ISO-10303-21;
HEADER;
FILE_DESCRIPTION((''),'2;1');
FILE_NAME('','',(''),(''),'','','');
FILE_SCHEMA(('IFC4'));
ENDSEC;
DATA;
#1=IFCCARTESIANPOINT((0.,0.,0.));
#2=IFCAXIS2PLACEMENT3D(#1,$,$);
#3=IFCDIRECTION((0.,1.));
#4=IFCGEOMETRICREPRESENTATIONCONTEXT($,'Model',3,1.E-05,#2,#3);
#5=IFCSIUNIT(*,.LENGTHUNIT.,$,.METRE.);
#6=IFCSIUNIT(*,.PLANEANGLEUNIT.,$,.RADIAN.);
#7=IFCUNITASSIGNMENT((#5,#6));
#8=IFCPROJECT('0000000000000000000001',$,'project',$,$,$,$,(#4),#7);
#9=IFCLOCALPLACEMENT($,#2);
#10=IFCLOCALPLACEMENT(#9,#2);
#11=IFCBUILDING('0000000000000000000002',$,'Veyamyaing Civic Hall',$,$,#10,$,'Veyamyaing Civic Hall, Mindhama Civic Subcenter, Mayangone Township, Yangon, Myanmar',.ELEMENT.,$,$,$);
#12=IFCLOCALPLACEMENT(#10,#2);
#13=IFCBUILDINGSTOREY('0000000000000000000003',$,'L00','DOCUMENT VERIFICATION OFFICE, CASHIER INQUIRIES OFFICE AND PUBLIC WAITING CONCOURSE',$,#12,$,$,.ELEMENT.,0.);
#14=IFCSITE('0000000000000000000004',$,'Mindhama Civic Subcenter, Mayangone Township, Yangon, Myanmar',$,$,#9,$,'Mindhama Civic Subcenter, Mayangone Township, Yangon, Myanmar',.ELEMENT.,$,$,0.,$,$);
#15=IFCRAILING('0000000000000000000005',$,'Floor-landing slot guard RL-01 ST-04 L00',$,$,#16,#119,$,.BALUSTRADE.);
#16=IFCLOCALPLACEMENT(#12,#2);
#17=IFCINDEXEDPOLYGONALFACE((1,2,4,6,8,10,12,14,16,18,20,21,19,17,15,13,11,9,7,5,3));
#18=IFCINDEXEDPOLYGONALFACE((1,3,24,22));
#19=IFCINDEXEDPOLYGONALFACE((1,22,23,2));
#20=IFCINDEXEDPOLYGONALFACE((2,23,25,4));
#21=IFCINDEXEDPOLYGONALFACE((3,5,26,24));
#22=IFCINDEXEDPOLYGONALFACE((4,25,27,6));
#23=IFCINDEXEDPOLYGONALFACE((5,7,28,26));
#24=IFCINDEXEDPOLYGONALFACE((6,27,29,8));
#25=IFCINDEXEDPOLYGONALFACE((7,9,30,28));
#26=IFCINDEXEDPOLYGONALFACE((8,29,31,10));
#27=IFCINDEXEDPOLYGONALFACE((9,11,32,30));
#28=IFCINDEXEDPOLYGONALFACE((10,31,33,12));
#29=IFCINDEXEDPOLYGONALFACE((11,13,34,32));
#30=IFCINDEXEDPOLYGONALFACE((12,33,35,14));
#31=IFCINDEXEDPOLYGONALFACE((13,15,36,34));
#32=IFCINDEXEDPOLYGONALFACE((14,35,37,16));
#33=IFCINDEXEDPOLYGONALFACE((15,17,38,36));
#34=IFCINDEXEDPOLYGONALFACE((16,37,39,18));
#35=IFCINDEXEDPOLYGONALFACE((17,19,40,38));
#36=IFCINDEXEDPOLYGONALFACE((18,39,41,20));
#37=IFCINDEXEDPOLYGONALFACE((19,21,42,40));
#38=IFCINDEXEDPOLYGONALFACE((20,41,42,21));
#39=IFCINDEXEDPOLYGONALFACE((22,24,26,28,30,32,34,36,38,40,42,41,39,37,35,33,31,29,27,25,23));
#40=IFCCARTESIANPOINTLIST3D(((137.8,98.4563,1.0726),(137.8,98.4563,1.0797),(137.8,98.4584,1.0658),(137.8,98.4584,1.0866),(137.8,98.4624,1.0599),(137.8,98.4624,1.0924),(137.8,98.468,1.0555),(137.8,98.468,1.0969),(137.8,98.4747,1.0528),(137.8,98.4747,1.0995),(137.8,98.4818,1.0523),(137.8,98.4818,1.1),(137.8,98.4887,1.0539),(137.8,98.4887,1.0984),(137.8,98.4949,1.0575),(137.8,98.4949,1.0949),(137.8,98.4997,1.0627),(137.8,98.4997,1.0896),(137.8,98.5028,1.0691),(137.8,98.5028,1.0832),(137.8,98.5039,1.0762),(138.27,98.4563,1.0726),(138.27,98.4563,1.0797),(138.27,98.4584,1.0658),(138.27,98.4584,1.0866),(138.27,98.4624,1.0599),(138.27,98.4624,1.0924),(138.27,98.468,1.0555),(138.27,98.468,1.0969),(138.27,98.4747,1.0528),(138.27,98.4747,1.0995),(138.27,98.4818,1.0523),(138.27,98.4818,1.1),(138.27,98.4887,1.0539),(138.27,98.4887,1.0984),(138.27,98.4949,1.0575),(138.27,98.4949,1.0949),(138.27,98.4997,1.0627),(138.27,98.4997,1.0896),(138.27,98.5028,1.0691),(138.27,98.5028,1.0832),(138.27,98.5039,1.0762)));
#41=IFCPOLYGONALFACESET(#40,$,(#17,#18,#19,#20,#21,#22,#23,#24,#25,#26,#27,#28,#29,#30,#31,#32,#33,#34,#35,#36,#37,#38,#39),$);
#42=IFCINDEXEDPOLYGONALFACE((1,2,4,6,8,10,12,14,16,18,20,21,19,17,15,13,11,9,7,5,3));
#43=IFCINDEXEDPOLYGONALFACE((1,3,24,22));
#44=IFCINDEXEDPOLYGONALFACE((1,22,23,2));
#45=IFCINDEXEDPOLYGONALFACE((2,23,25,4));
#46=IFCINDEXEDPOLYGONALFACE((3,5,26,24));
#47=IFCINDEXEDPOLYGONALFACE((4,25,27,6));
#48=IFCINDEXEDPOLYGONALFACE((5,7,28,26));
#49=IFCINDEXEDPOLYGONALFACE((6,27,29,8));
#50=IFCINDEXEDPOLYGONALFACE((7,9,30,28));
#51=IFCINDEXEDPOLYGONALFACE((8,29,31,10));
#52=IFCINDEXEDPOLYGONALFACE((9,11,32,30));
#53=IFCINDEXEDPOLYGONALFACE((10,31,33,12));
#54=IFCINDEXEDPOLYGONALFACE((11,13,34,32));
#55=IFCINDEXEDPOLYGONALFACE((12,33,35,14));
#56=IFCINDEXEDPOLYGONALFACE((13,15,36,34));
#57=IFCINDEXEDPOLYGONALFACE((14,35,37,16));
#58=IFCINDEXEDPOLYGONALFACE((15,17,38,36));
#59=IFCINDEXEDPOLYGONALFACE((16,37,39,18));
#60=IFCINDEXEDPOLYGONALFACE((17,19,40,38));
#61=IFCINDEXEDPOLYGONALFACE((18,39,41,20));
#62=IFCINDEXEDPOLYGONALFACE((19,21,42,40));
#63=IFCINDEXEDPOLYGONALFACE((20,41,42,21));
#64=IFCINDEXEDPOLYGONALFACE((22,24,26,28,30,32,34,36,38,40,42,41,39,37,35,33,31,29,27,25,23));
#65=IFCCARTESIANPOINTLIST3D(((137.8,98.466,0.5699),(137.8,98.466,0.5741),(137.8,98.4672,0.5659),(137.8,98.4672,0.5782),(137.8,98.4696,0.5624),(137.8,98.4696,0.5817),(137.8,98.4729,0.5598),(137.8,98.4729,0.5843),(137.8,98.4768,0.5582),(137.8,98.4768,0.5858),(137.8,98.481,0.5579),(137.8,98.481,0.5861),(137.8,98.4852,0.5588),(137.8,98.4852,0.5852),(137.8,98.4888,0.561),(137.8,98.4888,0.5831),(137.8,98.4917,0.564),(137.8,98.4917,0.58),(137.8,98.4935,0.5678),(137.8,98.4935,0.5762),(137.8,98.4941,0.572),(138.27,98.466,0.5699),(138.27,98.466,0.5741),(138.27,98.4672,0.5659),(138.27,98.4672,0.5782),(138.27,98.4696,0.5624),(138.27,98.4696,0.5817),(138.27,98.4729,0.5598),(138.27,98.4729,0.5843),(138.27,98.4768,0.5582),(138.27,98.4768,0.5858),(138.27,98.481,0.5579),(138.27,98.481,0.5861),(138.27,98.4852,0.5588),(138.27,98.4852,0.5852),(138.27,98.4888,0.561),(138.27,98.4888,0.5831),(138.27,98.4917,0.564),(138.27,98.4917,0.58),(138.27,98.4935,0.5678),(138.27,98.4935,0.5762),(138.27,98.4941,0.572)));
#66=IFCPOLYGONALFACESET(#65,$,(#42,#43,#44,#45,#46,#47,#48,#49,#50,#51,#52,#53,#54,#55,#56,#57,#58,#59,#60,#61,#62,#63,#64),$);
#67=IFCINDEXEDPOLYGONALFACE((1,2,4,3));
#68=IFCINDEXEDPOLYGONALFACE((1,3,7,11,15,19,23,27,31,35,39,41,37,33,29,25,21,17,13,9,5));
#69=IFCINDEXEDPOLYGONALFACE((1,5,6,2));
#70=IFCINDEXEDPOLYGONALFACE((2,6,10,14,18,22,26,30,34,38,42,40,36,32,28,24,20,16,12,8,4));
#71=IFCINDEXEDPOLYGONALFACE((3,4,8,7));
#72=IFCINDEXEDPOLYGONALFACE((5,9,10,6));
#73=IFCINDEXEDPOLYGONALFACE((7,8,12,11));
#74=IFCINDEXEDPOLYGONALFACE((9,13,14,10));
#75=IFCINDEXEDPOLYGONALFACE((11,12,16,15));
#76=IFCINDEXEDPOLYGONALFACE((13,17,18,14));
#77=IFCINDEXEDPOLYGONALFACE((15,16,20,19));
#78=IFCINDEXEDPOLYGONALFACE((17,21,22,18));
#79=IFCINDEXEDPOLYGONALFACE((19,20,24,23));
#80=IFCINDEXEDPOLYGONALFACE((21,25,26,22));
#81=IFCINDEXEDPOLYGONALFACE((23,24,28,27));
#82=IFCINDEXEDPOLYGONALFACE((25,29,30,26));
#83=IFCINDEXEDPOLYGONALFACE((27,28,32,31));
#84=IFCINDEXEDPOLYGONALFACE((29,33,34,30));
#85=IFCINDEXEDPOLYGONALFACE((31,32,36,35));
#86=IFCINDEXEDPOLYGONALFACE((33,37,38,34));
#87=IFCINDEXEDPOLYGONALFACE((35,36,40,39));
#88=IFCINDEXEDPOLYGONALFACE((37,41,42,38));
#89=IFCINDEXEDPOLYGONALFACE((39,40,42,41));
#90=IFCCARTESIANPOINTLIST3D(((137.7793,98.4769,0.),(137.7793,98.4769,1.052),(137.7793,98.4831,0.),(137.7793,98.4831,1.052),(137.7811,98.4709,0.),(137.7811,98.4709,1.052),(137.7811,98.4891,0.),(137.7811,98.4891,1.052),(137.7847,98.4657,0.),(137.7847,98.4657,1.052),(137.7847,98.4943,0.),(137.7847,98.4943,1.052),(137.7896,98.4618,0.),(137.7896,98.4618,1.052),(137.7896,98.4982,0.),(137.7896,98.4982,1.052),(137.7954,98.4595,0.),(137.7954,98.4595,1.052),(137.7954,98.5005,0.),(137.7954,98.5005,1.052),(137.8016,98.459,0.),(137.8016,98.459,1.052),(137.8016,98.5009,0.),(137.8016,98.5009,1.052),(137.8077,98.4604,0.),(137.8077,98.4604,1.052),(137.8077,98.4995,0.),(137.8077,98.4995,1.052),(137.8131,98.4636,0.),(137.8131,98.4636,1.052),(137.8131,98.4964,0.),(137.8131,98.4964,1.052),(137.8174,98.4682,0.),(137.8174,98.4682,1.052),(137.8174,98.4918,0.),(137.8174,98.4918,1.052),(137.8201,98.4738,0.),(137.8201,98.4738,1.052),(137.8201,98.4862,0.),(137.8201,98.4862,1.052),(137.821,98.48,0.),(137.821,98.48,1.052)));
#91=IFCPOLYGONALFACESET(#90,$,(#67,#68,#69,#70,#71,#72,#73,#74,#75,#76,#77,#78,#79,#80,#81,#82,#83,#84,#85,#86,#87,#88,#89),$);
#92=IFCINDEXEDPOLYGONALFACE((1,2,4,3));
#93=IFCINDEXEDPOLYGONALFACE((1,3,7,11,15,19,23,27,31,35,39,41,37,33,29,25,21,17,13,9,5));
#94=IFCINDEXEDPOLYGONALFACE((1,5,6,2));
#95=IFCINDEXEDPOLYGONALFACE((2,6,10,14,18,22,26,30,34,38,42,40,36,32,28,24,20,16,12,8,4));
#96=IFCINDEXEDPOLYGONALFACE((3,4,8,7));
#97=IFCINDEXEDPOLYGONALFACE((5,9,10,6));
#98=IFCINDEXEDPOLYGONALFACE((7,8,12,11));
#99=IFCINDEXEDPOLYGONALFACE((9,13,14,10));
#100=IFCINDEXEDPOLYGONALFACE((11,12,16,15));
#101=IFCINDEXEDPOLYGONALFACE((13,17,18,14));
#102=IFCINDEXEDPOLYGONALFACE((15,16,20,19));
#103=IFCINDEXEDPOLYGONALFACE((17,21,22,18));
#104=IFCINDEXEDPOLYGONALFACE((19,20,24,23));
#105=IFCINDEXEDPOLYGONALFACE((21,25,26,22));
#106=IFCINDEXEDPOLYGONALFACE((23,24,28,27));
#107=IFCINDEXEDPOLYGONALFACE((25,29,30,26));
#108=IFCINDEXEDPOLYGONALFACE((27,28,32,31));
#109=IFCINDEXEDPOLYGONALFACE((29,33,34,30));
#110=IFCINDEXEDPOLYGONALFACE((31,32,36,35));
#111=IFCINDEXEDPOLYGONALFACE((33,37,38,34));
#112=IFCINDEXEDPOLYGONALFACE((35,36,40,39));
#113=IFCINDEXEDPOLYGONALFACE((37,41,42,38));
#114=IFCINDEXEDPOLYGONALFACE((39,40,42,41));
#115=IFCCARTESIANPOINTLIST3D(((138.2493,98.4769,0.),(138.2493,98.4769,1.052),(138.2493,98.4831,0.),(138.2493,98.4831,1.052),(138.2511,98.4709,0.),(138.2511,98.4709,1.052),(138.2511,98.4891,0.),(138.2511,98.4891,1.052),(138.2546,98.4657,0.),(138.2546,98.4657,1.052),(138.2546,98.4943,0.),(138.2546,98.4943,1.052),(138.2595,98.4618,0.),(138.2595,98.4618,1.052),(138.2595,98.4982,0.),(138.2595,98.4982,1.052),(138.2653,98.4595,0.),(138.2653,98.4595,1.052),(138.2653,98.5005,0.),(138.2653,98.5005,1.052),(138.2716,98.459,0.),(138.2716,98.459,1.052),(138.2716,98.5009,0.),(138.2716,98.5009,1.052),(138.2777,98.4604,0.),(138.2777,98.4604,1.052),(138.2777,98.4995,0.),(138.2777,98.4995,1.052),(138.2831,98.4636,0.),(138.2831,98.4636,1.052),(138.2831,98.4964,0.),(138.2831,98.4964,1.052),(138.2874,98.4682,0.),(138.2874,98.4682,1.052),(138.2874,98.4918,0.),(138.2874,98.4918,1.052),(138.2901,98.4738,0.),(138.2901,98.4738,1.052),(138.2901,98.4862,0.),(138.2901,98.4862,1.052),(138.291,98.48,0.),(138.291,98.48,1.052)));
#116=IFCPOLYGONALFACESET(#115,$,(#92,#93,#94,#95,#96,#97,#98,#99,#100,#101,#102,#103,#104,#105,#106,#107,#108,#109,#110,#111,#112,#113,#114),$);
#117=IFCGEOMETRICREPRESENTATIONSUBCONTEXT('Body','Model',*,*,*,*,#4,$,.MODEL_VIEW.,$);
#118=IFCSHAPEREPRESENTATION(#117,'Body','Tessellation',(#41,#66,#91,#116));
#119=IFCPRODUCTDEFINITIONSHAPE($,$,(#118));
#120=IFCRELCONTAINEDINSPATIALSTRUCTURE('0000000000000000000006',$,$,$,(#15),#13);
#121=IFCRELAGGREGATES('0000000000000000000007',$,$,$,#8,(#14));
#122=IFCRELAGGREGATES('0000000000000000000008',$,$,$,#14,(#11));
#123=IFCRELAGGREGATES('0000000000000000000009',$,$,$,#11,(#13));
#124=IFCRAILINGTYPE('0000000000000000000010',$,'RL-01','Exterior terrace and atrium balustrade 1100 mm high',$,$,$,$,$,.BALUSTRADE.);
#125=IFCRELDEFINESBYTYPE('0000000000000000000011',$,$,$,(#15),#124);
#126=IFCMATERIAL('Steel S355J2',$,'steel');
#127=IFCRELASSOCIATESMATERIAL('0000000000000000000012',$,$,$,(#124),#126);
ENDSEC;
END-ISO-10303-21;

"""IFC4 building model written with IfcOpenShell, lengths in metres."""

from ifc_helpers import new_model, si_unit, direction, frame, origin, origin_2d, place, context, subcontext, project, spatial, circle, extrude, material, type_object, element, save


model = new_model("IFC4")

# Units and contexts
model_context = context("Model", 3, precision=1e-05, world=origin(), true_north=direction((0.0, 1.0)))
body_context = subcontext(model_context, "Body", "Model", "MODEL_VIEW")
ifc_project = project(units=[si_unit("LENGTHUNIT", "METRE"), si_unit("PLANEANGLEUNIT", "RADIAN")], contexts=[model_context])

# Site, building, storey
site_placement = place(None, origin())
site = spatial("IfcSite", under=ifc_project, at=site_placement, Name="Mindhama Civic Subcenter, Mayangone Township, Yangon, Myanmar", LongName="Mindhama Civic Subcenter, Mayangone Township, Yangon, Myanmar", CompositionType="ELEMENT", RefElevation=0.0)
building_placement = place(site_placement, origin())
building = spatial("IfcBuilding", under=site, at=building_placement, Name="Veyamyaing Civic Hall", LongName="Veyamyaing Civic Hall, Mindhama Civic Subcenter, Mayangone Township, Yangon, Myanmar", CompositionType="ELEMENT")
storey_placement = place(building_placement, origin())
storey = spatial("IfcBuildingStorey", under=building, at=storey_placement, Name="L00", Description="DOCUMENT VERIFICATION OFFICE, CASHIER INQUIRIES OFFICE AND PUBLIC WAITING CONCOURSE", CompositionType="ELEMENT", Elevation=0.0)

# Railing
ifc_material_1 = material(Name="Steel S355J2", Category="steel")
railing_type_1 = type_object("IfcRailingType", Name="RL-01", Description="Exterior terrace and atrium balustrade 1100 mm high", PredefinedType="BALUSTRADE", material=ifc_material_1)
railing_1_placement = place(storey_placement, frame((137.8, 98.48, 0.0)))
element("IfcRailing", 1, at=railing_1_placement, inside=storey, type_object=railing_type_1, Name="Floor-landing slot guard RL-01 ST-04 L00", PredefinedType="BALUSTRADE", context=body_context, shape_type="SweptSolid", body=[
    extrude(circle(Radius=0.0239, at=origin_2d()), frame((0.0, 0.0, 1.0762), z_axis=(1.0, 0.0, 0.0), x_axis=(0.0, 1.0, 0.0)), (0.0, 0.0, 1.0), 0.47),
    extrude(circle(Radius=0.0142, at=origin_2d()), frame((0.0, 0.0, 0.572), z_axis=(1.0, 0.0, 0.0), x_axis=(0.0, 1.0, 0.0)), (0.0, 0.0, 1.0), 0.47),
    extrude(circle(Radius=0.021, at=origin_2d()), origin(), (0.0, 0.0, 1.0), 1.052),
    extrude(circle(Radius=0.021, at=origin_2d()), frame((0.47, 0.0, 0.0)), (0.0, 0.0, 1.0), 1.052),
])

save(model, "model.ifc")
